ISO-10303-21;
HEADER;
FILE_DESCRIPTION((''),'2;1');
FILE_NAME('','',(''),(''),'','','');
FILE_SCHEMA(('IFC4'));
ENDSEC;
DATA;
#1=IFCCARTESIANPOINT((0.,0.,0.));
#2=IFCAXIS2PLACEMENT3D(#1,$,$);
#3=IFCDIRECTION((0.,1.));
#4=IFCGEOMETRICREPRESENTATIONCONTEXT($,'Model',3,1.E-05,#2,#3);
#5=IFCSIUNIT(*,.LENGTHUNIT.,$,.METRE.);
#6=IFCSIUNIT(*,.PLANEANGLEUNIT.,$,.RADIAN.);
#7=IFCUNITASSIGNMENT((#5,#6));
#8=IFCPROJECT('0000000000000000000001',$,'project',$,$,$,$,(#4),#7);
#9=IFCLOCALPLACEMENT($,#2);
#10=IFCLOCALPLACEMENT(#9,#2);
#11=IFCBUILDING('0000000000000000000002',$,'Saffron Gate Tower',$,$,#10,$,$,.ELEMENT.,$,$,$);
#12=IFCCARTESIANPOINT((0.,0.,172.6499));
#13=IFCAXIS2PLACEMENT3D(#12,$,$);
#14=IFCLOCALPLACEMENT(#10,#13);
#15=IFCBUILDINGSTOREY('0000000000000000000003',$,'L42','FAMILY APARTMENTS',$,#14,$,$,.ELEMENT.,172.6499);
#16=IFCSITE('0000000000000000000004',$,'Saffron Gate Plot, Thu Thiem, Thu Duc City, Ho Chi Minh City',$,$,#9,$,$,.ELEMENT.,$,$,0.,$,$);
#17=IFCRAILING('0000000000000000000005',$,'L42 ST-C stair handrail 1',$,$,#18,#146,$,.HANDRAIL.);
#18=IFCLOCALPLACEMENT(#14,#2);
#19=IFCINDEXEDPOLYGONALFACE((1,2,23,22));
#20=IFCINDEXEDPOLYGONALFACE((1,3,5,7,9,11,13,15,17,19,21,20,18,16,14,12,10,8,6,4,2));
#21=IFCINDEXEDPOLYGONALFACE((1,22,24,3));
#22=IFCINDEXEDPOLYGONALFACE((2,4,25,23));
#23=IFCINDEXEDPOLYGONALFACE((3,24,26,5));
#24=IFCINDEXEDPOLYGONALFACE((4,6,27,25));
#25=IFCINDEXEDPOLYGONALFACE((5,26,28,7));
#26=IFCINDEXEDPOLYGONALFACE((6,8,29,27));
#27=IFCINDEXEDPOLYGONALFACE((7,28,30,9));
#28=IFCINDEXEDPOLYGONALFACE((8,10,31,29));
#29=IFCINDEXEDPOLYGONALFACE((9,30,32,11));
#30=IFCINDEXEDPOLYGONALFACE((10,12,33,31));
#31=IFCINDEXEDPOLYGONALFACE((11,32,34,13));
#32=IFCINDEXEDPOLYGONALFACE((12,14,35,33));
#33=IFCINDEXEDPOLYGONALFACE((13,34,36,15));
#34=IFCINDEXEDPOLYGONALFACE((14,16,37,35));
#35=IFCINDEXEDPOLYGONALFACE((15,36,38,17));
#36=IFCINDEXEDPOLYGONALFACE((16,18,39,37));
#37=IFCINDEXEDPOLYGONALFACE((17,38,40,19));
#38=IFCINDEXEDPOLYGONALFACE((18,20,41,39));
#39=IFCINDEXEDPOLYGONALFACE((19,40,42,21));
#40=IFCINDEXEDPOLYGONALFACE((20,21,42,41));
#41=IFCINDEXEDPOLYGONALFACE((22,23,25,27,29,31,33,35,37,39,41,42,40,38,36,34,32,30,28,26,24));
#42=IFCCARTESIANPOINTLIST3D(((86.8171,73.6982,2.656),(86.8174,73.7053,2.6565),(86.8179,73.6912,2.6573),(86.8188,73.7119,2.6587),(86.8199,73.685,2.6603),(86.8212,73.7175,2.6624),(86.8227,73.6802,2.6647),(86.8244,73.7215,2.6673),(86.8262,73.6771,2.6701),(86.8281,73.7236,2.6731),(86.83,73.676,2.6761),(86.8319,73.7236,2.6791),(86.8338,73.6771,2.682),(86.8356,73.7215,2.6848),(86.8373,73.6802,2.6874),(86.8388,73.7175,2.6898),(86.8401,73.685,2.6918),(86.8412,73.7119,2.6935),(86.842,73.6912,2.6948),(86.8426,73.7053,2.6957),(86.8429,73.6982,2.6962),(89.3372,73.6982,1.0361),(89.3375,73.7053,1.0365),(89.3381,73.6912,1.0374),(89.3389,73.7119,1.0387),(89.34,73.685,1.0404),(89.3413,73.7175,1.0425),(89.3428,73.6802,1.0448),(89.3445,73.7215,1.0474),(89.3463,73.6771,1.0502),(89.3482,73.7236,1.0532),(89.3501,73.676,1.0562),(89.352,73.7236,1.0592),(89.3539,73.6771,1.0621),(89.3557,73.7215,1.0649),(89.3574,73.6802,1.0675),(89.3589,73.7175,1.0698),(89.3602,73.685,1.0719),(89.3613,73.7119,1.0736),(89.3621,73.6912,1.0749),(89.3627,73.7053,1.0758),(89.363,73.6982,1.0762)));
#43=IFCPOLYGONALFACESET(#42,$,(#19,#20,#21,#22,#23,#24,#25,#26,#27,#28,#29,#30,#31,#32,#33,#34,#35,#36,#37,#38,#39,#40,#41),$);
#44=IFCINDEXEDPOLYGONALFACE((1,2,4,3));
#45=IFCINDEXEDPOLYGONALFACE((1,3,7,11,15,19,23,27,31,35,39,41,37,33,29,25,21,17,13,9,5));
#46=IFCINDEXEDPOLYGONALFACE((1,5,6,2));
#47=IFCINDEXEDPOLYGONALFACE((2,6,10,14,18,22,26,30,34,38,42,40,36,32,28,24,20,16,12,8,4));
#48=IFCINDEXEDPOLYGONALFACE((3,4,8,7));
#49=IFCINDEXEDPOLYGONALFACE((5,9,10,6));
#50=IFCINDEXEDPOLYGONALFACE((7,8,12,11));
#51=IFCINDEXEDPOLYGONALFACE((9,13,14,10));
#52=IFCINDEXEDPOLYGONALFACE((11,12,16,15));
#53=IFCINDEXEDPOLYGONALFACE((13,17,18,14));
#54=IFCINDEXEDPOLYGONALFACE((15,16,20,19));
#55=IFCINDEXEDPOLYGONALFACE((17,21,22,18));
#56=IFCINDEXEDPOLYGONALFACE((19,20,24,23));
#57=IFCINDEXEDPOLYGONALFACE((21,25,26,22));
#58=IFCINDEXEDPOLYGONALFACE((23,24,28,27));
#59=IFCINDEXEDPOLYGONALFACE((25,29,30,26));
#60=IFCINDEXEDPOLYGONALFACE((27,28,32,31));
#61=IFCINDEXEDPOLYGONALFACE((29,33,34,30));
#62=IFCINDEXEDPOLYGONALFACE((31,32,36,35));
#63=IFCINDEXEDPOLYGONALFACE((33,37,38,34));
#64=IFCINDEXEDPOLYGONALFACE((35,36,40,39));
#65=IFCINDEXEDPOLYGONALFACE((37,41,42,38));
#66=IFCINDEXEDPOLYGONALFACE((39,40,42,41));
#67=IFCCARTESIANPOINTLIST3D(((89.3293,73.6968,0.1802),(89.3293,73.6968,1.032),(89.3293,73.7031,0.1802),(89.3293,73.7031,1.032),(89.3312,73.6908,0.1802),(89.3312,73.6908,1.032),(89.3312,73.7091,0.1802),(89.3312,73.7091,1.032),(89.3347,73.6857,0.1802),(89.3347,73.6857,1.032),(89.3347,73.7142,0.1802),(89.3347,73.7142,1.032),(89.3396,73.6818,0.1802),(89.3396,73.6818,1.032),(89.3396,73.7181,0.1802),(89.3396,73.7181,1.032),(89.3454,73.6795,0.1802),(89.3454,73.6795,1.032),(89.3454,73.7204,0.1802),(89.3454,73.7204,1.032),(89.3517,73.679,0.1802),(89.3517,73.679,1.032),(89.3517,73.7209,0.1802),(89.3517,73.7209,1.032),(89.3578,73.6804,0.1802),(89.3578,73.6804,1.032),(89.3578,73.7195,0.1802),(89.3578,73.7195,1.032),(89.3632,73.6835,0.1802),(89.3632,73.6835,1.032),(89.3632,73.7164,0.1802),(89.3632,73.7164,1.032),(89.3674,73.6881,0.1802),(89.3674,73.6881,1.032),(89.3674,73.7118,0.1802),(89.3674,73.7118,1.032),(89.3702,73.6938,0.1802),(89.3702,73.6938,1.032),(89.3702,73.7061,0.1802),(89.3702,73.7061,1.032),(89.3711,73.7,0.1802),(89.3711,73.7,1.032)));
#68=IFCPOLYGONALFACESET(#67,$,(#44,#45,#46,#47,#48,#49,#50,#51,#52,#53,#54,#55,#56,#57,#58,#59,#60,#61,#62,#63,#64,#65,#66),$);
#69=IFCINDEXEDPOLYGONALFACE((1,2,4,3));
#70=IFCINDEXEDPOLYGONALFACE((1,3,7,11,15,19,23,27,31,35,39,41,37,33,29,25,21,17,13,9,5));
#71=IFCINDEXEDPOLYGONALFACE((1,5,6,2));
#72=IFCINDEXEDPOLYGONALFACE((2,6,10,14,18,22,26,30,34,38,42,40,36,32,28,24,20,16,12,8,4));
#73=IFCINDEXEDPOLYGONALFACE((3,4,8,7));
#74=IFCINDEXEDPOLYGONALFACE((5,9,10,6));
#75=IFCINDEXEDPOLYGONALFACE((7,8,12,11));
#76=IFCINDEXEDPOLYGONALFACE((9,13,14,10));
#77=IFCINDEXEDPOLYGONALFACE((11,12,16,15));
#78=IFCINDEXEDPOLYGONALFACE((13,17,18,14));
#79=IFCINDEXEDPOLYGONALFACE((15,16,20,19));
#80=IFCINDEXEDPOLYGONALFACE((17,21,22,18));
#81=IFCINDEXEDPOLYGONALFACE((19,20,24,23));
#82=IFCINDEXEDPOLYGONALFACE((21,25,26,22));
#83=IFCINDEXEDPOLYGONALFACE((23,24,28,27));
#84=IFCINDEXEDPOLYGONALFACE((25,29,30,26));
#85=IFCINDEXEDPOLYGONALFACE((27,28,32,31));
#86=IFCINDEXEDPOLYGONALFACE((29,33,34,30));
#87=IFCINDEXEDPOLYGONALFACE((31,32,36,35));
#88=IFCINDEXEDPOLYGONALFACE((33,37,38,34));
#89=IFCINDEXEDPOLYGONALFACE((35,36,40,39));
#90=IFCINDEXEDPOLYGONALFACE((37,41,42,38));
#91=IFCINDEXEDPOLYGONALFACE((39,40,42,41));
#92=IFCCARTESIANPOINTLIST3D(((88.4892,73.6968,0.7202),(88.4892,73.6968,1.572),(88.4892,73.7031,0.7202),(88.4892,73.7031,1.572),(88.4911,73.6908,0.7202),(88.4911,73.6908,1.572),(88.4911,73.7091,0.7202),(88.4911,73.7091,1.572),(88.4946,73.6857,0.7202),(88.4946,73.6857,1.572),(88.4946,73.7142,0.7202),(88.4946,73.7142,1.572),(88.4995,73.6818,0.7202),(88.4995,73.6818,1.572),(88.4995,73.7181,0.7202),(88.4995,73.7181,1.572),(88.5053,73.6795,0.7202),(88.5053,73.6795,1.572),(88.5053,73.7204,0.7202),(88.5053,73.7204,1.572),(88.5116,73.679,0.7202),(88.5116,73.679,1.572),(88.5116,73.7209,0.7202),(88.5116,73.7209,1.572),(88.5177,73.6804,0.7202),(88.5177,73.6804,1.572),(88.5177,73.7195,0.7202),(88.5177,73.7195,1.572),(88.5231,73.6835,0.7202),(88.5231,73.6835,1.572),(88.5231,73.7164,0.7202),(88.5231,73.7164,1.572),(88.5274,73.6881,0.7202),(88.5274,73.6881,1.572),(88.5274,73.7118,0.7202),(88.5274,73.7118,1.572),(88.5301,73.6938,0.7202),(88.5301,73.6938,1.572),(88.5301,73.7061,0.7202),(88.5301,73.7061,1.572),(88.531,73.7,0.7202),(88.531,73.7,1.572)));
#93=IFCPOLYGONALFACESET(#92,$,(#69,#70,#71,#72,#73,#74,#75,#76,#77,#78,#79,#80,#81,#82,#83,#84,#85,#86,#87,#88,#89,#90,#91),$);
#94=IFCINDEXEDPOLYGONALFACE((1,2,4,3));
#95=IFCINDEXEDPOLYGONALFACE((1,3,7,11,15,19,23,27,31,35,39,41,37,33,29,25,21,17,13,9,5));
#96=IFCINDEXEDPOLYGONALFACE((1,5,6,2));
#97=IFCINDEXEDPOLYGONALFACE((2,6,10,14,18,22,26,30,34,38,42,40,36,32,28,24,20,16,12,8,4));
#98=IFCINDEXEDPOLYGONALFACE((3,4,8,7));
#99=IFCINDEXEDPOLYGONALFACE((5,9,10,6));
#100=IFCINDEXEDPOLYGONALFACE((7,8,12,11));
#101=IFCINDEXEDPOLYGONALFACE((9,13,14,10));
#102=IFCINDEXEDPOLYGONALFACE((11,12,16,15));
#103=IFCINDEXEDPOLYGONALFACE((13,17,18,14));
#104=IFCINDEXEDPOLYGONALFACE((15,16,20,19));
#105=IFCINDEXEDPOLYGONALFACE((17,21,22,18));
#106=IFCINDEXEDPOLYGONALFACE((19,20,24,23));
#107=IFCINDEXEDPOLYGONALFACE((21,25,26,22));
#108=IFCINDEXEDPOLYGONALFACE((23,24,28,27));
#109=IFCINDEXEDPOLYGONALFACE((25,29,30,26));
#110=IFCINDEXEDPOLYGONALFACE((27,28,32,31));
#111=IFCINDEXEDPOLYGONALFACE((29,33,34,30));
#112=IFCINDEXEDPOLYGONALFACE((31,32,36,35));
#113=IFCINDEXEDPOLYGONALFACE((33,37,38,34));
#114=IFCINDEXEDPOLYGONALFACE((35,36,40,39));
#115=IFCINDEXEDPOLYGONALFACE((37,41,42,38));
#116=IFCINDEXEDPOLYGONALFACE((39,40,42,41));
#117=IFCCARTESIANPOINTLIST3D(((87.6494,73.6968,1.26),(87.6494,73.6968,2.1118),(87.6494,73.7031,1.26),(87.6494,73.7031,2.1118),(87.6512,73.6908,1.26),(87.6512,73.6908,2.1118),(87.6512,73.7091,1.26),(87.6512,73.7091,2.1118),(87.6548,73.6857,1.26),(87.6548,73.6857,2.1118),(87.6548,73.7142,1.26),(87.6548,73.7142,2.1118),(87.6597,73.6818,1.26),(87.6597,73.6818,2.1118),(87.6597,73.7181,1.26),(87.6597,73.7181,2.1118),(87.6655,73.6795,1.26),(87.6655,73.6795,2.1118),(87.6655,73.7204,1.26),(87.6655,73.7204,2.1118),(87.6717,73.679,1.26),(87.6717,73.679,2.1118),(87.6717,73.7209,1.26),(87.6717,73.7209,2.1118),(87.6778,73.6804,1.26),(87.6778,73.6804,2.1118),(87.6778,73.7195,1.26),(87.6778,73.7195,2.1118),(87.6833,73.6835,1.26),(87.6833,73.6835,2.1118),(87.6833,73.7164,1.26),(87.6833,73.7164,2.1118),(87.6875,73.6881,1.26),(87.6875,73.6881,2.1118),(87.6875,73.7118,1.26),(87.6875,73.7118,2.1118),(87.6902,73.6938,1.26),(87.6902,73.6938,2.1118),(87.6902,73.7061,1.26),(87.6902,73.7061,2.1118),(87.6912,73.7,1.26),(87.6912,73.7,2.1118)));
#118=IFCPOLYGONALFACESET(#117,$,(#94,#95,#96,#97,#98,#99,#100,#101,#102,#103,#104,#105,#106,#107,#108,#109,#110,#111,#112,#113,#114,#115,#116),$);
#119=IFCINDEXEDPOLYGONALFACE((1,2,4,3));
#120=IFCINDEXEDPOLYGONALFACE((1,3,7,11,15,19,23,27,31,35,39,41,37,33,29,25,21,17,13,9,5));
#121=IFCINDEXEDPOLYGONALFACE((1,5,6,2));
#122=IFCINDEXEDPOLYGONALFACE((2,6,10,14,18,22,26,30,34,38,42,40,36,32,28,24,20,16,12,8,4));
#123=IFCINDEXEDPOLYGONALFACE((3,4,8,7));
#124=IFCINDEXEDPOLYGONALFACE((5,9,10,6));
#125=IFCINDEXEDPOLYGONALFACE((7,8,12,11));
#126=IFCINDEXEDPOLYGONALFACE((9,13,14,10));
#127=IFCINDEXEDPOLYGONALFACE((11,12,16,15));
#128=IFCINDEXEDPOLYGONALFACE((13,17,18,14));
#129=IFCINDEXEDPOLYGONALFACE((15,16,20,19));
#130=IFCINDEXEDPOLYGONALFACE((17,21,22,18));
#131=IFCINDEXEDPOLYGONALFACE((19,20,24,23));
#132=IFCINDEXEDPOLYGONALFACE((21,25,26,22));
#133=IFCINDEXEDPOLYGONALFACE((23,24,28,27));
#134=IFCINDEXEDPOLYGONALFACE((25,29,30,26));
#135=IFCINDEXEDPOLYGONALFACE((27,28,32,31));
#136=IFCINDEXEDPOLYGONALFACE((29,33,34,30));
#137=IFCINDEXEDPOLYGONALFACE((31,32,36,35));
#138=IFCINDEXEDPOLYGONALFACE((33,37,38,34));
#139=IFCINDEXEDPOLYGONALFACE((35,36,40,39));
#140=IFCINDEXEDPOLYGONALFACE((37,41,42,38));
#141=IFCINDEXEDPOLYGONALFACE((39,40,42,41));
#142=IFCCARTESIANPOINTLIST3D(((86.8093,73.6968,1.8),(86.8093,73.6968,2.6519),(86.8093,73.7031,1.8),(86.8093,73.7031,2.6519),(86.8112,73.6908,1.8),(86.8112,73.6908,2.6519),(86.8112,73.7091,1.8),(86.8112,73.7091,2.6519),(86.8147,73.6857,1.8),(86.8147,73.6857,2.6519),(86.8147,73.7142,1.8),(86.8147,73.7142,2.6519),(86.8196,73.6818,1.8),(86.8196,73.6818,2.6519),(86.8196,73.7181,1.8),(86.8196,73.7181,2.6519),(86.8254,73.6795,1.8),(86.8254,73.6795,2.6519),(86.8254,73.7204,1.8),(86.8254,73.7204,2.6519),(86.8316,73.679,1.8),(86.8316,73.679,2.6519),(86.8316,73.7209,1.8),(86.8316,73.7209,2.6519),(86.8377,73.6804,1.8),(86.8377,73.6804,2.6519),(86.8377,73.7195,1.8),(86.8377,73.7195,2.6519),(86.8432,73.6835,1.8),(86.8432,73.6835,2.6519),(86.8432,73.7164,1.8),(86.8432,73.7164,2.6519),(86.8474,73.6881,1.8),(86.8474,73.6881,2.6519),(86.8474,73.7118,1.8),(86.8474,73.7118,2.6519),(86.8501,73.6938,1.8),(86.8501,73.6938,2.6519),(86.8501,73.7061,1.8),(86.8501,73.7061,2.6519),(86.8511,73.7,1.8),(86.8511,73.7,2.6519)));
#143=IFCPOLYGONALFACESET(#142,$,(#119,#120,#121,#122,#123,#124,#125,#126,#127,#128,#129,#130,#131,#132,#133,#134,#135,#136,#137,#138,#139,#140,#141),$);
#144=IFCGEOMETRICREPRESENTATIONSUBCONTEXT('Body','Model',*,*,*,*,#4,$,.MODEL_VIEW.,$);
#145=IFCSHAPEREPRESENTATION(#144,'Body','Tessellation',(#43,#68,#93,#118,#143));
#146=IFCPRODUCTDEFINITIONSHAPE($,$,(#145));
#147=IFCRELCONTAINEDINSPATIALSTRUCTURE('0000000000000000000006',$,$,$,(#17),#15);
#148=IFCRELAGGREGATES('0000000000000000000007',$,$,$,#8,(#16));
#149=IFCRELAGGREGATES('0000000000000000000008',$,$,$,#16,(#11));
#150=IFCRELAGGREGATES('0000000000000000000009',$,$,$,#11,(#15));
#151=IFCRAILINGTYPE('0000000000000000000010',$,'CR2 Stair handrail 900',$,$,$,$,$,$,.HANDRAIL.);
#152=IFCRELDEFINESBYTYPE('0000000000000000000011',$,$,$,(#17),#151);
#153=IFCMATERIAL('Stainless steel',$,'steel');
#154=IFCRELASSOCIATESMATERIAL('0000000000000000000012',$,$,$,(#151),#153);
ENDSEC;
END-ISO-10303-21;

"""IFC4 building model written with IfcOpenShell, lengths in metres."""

from ifc_helpers import new_model, si_unit, direction, frame, origin, origin_2d, place, context, subcontext, project, spatial, circle, extrude, material, type_object, element, save


model = new_model("IFC4")

# Units and contexts
model_context = context("Model", 3, precision=1e-05, world=origin(), true_north=direction((0.0, 1.0)))
body_context = subcontext(model_context, "Body", "Model", "MODEL_VIEW")
ifc_project = project(units=[si_unit("LENGTHUNIT", "METRE"), si_unit("PLANEANGLEUNIT", "RADIAN")], contexts=[model_context])

# Site, building, storey
site_placement = place(None, origin())
site = spatial("IfcSite", under=ifc_project, at=site_placement, Name="Saffron Gate Plot, Thu Thiem, Thu Duc City, Ho Chi Minh City", CompositionType="ELEMENT", RefElevation=0.0)
building_placement = place(site_placement, origin())
building = spatial("IfcBuilding", under=site, at=building_placement, Name="Saffron Gate Tower", CompositionType="ELEMENT")
storey_placement = place(building_placement, frame((0.0, 0.0, 172.6499)))
storey = spatial("IfcBuildingStorey", under=building, at=storey_placement, Name="L42", Description="FAMILY APARTMENTS", CompositionType="ELEMENT", Elevation=172.6499)

# Railing
ifc_material_1 = material(Name="Stainless steel", Category="steel")
railing_type_1 = type_object("IfcRailingType", Name="CR2 Stair handrail 900", PredefinedType="HANDRAIL", material=ifc_material_1)
railing_1_placement = place(storey_placement, frame((89.3501, 73.7, 0.1802)))
element("IfcRailing", 1, at=railing_1_placement, inside=storey, type_object=railing_type_1, Name="L42 ST-C stair handrail 1", PredefinedType="HANDRAIL", context=body_context, shape_type="SweptSolid", body=[
    extrude(circle(Radius=0.0239, at=origin_2d()), frame((0.0, 0.0, 0.876), z_axis=(-0.8412, 0.0, 0.540725), x_axis=(0.0, -1.0, 0.0)), (0.0, 0.0, 1.0), 2.9958),
    extrude(circle(Radius=0.021, at=origin_2d()), origin(), (0.0, 0.0, 1.0), 0.8518),
    extrude(circle(Radius=0.021, at=origin_2d()), frame((-0.8401, 0.0, 0.54)), (0.0, 0.0, 1.0), 0.8518),
    extrude(circle(Radius=0.021, at=origin_2d()), frame((-1.6799, 0.0, 1.0798)), (0.0, 0.0, 1.0), 0.8518),
    extrude(circle(Radius=0.021, at=origin_2d()), frame((-2.52, 0.0, 1.6199)), (0.0, 0.0, 1.0), 0.8518),
])

save(model, "model.ifc")
